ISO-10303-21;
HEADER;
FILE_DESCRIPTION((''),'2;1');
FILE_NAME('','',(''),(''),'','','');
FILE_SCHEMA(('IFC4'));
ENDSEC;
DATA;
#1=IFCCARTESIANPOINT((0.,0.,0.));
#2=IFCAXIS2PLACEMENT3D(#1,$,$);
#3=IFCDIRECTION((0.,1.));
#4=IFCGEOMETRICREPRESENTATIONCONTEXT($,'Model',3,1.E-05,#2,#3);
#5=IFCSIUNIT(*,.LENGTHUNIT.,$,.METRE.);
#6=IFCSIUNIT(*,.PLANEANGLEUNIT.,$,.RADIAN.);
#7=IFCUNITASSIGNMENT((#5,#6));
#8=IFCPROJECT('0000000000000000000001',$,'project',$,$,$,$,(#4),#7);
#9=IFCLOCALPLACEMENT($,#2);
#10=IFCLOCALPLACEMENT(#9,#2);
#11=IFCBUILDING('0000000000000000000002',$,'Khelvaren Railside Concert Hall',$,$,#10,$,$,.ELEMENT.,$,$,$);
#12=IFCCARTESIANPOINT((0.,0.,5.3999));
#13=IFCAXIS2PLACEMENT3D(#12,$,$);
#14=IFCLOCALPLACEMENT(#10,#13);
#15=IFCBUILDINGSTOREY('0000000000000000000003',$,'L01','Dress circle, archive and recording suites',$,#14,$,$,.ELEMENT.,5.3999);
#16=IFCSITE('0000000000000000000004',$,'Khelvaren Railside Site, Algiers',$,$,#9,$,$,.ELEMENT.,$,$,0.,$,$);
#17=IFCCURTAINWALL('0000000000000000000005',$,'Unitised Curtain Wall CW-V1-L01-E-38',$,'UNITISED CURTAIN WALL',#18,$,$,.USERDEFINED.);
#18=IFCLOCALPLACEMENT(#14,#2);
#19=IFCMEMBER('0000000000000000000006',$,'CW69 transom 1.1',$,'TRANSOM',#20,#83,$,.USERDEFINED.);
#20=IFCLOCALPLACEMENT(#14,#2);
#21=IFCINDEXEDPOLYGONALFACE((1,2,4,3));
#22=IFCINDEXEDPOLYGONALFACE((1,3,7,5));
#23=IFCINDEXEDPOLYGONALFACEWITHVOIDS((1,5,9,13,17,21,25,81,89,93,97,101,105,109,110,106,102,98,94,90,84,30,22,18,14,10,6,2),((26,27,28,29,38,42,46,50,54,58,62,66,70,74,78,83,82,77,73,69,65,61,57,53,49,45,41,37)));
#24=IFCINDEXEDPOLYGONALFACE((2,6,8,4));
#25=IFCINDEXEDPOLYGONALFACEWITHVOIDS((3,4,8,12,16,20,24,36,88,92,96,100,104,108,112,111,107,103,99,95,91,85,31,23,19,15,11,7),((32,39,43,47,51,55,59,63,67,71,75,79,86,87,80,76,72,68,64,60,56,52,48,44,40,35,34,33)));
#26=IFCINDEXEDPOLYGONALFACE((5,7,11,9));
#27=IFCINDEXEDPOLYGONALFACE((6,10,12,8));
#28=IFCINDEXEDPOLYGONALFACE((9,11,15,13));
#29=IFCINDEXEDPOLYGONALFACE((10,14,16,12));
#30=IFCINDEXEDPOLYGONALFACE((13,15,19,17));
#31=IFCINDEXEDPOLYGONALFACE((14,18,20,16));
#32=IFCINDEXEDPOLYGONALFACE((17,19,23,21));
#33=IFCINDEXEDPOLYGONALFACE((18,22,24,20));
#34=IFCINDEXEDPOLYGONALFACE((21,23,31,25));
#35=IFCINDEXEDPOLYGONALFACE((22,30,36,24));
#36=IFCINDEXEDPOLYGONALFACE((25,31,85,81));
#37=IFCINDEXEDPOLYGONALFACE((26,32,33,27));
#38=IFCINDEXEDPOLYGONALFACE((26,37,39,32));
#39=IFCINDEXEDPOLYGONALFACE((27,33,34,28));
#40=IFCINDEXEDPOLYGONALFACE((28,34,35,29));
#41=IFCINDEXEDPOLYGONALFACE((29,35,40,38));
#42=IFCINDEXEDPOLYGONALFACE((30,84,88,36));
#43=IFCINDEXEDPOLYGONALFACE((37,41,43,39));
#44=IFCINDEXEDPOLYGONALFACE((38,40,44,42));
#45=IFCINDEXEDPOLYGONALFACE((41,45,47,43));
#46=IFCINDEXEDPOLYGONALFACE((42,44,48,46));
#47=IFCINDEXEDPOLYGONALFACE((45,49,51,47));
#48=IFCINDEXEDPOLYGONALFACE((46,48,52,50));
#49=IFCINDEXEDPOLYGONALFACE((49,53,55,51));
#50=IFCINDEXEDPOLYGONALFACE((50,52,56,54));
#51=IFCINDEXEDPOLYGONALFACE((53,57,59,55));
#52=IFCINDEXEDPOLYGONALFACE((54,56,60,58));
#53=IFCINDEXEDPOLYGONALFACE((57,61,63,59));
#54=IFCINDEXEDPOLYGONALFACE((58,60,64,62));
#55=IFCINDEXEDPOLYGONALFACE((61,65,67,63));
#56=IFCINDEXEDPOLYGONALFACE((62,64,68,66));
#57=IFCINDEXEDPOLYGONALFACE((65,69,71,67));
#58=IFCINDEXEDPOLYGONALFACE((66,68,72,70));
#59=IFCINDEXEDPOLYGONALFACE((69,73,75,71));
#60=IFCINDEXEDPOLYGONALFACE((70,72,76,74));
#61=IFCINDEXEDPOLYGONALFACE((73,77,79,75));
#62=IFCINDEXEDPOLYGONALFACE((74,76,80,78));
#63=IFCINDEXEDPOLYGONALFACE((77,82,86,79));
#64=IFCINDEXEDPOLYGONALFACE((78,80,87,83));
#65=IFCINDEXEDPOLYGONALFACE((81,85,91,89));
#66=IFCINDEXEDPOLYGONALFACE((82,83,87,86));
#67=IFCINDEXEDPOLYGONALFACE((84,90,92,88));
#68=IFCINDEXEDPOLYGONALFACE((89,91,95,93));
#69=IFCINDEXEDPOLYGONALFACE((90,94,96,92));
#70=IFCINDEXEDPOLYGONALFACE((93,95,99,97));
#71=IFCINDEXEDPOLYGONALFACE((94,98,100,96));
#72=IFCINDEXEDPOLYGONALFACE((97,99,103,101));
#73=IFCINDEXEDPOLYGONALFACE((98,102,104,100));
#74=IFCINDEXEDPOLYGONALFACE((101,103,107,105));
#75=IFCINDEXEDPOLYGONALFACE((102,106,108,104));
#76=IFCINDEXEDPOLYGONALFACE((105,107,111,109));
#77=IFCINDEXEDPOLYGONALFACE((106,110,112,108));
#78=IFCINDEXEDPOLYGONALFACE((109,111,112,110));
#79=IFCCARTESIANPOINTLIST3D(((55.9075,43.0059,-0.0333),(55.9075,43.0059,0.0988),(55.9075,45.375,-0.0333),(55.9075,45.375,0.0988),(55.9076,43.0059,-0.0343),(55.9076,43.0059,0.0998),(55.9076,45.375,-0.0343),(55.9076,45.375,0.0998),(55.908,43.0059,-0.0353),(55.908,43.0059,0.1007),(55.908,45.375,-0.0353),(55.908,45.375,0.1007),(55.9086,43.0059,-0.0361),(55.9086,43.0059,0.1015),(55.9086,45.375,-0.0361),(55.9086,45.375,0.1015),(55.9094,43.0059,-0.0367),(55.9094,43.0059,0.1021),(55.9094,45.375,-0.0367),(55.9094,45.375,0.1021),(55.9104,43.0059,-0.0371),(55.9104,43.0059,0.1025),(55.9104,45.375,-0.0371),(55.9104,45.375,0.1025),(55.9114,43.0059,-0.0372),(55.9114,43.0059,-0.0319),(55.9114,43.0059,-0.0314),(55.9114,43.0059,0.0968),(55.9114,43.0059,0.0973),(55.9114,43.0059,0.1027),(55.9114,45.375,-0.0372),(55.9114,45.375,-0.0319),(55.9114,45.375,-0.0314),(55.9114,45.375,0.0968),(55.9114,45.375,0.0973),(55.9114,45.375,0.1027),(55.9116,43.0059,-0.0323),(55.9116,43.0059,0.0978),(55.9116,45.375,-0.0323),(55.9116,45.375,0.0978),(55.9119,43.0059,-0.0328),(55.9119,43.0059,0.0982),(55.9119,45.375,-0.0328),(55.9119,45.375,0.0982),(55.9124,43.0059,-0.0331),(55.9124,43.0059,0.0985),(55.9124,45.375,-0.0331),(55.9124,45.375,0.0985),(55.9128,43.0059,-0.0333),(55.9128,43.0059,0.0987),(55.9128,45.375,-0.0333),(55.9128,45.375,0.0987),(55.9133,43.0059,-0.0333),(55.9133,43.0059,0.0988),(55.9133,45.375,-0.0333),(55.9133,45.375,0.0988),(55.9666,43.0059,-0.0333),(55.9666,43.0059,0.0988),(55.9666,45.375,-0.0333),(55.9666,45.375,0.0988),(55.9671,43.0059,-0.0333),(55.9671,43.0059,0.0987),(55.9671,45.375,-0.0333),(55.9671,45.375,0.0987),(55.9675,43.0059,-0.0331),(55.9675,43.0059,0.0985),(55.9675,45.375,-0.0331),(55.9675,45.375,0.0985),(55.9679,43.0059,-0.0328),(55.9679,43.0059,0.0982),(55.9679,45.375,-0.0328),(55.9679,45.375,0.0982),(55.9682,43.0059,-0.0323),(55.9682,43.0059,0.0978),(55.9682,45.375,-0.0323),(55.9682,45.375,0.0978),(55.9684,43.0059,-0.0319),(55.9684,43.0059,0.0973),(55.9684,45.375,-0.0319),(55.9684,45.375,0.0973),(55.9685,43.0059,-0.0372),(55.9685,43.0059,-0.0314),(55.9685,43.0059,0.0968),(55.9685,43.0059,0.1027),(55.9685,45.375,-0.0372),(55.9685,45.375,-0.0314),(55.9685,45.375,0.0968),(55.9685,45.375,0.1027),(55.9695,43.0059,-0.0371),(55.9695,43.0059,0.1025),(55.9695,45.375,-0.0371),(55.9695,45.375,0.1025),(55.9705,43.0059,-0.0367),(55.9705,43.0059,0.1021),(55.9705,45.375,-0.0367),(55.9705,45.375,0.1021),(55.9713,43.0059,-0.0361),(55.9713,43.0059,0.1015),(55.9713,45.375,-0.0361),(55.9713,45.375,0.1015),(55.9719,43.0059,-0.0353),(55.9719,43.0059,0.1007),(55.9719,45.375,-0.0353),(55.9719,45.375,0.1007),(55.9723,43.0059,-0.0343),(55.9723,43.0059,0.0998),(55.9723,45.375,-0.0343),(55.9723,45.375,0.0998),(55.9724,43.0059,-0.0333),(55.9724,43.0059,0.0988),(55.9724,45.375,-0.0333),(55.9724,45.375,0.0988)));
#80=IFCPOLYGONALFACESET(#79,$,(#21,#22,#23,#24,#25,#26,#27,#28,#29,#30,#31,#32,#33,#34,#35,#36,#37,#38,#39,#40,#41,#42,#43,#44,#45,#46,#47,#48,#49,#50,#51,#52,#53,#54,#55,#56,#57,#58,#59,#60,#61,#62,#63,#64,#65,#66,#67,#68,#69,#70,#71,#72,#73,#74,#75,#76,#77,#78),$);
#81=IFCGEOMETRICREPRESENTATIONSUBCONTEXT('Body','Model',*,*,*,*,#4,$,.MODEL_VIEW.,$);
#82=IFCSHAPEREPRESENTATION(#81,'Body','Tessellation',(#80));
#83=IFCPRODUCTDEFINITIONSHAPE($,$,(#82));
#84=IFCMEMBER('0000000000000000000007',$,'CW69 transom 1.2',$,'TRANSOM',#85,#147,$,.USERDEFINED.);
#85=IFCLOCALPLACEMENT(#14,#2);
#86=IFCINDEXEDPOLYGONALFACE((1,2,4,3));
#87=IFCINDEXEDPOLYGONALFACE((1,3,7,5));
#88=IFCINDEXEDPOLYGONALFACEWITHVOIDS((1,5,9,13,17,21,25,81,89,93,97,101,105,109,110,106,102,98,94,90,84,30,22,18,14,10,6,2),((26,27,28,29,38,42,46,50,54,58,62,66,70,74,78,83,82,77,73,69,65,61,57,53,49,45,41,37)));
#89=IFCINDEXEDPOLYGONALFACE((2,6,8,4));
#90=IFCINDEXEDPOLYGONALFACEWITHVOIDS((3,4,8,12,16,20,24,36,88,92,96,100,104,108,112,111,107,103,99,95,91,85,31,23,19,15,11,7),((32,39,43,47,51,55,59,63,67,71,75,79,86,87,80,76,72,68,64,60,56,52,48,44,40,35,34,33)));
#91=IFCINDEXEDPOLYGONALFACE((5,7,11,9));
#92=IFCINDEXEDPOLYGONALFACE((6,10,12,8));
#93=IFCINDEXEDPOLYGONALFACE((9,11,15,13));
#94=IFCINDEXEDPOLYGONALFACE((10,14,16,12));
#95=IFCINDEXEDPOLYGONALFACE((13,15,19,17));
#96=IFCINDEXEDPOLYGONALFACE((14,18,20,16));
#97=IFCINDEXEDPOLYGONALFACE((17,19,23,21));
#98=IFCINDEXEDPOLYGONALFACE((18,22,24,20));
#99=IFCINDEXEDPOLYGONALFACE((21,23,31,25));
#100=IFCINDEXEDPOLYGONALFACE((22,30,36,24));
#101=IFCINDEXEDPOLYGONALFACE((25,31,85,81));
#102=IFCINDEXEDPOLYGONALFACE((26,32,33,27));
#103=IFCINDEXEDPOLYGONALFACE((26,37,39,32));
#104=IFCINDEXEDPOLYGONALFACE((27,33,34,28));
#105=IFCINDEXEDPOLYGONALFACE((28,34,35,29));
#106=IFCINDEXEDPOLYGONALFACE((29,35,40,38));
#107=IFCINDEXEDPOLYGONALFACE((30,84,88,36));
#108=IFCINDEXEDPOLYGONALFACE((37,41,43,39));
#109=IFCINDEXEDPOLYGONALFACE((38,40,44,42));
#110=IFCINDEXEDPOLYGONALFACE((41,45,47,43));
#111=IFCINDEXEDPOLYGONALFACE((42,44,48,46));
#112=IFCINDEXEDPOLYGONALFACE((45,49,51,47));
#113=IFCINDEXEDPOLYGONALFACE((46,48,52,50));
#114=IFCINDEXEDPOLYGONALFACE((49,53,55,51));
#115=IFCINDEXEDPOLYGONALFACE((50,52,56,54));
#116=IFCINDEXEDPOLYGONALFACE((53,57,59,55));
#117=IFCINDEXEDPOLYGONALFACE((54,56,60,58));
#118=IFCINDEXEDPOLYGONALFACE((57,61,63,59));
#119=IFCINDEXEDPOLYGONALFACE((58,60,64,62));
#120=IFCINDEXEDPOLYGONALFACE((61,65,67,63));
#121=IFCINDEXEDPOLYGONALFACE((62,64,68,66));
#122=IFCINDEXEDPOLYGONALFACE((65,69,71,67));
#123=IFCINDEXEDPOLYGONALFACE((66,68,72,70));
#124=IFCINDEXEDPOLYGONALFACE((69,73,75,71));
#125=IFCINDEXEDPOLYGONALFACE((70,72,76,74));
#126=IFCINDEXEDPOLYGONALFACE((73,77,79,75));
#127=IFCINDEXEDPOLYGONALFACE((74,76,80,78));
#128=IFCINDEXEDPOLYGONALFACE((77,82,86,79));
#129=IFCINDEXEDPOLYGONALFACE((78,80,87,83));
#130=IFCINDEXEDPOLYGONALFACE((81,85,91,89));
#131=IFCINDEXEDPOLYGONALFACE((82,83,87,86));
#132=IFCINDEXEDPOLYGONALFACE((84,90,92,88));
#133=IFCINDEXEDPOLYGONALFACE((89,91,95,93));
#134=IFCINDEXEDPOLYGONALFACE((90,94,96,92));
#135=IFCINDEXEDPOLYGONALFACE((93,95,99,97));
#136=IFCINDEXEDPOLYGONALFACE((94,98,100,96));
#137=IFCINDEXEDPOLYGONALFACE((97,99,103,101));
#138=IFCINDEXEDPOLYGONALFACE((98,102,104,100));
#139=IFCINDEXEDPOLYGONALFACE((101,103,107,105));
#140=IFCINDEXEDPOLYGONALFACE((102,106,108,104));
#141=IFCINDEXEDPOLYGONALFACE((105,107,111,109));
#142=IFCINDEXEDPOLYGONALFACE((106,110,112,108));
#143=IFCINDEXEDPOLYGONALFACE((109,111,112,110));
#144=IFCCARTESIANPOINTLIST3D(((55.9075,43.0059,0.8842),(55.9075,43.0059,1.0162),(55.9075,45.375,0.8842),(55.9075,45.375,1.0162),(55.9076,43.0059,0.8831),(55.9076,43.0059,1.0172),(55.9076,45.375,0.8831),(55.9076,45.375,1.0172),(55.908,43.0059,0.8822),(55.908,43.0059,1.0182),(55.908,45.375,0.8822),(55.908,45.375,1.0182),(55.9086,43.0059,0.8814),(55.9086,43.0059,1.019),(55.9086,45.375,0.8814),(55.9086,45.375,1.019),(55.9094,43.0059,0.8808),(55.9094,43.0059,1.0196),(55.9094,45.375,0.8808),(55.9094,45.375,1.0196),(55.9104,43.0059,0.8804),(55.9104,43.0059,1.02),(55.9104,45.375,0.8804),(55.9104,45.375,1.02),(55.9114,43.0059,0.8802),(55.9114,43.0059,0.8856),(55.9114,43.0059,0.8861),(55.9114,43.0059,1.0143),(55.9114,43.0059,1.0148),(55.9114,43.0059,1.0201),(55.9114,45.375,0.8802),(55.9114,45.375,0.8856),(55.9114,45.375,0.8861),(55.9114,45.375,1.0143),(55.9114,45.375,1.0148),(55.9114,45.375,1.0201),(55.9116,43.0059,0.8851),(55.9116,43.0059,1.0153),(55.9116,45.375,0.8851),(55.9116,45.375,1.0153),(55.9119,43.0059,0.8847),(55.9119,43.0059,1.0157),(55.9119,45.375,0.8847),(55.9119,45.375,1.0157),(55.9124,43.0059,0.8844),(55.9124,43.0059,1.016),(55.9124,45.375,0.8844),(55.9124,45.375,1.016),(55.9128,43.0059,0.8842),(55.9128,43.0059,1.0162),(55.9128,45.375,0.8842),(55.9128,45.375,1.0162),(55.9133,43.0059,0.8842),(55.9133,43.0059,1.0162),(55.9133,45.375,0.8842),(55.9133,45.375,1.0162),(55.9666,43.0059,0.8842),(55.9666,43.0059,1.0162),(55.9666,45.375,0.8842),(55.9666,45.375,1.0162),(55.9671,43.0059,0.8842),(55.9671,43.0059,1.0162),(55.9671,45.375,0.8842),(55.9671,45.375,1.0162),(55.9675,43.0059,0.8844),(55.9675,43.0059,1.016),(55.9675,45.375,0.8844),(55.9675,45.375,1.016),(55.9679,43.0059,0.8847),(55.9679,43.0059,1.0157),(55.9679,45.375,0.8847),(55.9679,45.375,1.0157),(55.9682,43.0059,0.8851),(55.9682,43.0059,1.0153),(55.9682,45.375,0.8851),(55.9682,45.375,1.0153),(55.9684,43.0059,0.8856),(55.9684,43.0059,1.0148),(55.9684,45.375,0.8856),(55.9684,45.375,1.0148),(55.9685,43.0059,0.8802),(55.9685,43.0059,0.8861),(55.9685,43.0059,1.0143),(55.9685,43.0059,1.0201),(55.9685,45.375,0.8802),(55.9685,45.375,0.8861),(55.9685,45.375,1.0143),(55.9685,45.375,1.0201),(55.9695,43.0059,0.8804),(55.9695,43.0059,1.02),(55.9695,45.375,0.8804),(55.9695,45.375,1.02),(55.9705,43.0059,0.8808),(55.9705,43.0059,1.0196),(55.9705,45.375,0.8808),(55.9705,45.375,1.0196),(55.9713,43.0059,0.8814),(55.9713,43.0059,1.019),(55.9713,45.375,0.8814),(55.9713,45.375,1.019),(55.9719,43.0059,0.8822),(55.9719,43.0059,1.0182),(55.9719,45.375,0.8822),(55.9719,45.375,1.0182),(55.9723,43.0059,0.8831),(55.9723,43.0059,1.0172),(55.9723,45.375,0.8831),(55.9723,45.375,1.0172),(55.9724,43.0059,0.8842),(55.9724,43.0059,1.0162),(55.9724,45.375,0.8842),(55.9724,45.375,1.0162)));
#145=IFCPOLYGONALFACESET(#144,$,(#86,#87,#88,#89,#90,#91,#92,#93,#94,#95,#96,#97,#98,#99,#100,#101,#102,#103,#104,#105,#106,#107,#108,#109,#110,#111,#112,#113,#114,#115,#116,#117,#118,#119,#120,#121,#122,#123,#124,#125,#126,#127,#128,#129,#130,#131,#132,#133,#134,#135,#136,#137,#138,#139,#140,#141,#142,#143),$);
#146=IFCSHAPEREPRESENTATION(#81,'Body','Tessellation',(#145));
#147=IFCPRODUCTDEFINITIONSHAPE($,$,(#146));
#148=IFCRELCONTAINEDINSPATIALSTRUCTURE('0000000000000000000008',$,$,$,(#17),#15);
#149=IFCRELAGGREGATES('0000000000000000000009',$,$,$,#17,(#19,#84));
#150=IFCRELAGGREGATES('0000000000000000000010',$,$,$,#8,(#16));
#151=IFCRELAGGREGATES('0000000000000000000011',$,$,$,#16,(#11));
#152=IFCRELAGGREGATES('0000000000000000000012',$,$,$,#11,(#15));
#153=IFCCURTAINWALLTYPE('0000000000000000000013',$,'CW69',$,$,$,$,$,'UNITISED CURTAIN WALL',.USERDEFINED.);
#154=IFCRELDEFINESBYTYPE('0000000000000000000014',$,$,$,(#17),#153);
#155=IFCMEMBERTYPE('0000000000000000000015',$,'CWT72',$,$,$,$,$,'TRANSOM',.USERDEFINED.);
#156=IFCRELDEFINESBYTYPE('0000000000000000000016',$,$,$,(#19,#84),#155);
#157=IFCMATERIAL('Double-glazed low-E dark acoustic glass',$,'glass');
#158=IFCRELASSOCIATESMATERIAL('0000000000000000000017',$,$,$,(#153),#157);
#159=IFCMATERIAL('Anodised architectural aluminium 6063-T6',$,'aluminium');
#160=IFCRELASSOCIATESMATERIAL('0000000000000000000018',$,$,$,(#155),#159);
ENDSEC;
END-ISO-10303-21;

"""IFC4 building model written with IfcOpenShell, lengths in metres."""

from ifc_helpers import new_model, si_unit, direction, frame, origin, origin_2d, place, context, subcontext, project, spatial, hollow_rectangle, extrude, material, material_profile, profile_set, type_object, element, aggregate, save


model = new_model("IFC4")

# Units and contexts
model_context = context("Model", 3, precision=1e-05, world=origin(), true_north=direction((0.0, 1.0)))
body_context = subcontext(model_context, "Body", "Model", "MODEL_VIEW")
ifc_project = project(units=[si_unit("LENGTHUNIT", "METRE"), si_unit("PLANEANGLEUNIT", "RADIAN")], contexts=[model_context])

# Site, building, storey
site_placement = place(None, origin())
site = spatial("IfcSite", under=ifc_project, at=site_placement, Name="Khelvaren Railside Site, Algiers", CompositionType="ELEMENT", RefElevation=0.0)
building_placement = place(site_placement, origin())
building = spatial("IfcBuilding", under=site, at=building_placement, Name="Khelvaren Railside Concert Hall", CompositionType="ELEMENT")
storey_placement = place(building_placement, frame((0.0, 0.0, 5.3999)))
storey = spatial("IfcBuildingStorey", under=building, at=storey_placement, Name="L01", Description="Dress circle, archive and recording suites", CompositionType="ELEMENT", Elevation=5.3999)

# Curtain wall, members
ifc_material_1 = material(Name="Double-glazed low-E dark acoustic glass", Category="glass")
curtain_wall_type = type_object("IfcCurtainWallType", Name="CW69", ElementType="UNITISED CURTAIN WALL", PredefinedType="USERDEFINED", material=ifc_material_1)
curtain_wall_placement = place(storey_placement, origin())
curtain_wall = element("IfcCurtainWall", 1, at=curtain_wall_placement, inside=storey, type_object=curtain_wall_type, Name="Unitised Curtain Wall CW-V1-L01-E-38", ObjectType="UNITISED CURTAIN WALL", PredefinedType="USERDEFINED")
ifc_material_2 = material(Name="Anodised architectural aluminium 6063-T6", Category="aluminium")
ifc_material_profile_1 = material_profile(ifc_material_2, hollow_rectangle(XDim=0.0649, YDim=0.1399, WallThickness=0.0039, InnerFilletRadius=0.002, OuterFilletRadius=0.0039, at=origin_2d()), Name="CWT 65x140x4")
ifc_profile_set_1 = profile_set([ifc_material_profile_1], Name="Anodised architectural aluminium 6063-T6")
member_type_1 = type_object("IfcMemberType", Name="CWT72", ElementType="TRANSOM", PredefinedType="USERDEFINED", material=ifc_profile_set_1)
member_1_placement = place(storey_placement, frame((55.9399, 45.375, 0.0327), z_axis=(0.0, -1.0, 0.0), x_axis=(1.0, 0.0, 0.0)))
member_1 = element("IfcMember", 2, at=member_1_placement, type_object=member_type_1, Name="CW69 transom 1.1", ObjectType="TRANSOM", PredefinedType="USERDEFINED", context=body_context, shape_type="SweptSolid", body=[
    extrude(hollow_rectangle(XDim=0.0649, YDim=0.1399, WallThickness=0.0039, InnerFilletRadius=0.002, OuterFilletRadius=0.0039, at=origin_2d()), origin(), (0.0, 0.0, 1.0), 2.3691),
])
member_2_placement = place(storey_placement, frame((55.9399, 45.375, 0.9502), z_axis=(0.0, -1.0, 0.0), x_axis=(1.0, 0.0, 0.0)))
member_2 = element("IfcMember", 3, at=member_2_placement, type_object=member_type_1, Name="CW69 transom 1.2", ObjectType="TRANSOM", PredefinedType="USERDEFINED", context=body_context, shape_type="SweptSolid", body=[
    extrude(hollow_rectangle(XDim=0.0649, YDim=0.1399, WallThickness=0.0039, InnerFilletRadius=0.002, OuterFilletRadius=0.0039, at=origin_2d()), origin(), (0.0, 0.0, 1.0), 2.3691),
])

aggregate(curtain_wall, [member_1, member_2])

save(model, "model.ifc")
